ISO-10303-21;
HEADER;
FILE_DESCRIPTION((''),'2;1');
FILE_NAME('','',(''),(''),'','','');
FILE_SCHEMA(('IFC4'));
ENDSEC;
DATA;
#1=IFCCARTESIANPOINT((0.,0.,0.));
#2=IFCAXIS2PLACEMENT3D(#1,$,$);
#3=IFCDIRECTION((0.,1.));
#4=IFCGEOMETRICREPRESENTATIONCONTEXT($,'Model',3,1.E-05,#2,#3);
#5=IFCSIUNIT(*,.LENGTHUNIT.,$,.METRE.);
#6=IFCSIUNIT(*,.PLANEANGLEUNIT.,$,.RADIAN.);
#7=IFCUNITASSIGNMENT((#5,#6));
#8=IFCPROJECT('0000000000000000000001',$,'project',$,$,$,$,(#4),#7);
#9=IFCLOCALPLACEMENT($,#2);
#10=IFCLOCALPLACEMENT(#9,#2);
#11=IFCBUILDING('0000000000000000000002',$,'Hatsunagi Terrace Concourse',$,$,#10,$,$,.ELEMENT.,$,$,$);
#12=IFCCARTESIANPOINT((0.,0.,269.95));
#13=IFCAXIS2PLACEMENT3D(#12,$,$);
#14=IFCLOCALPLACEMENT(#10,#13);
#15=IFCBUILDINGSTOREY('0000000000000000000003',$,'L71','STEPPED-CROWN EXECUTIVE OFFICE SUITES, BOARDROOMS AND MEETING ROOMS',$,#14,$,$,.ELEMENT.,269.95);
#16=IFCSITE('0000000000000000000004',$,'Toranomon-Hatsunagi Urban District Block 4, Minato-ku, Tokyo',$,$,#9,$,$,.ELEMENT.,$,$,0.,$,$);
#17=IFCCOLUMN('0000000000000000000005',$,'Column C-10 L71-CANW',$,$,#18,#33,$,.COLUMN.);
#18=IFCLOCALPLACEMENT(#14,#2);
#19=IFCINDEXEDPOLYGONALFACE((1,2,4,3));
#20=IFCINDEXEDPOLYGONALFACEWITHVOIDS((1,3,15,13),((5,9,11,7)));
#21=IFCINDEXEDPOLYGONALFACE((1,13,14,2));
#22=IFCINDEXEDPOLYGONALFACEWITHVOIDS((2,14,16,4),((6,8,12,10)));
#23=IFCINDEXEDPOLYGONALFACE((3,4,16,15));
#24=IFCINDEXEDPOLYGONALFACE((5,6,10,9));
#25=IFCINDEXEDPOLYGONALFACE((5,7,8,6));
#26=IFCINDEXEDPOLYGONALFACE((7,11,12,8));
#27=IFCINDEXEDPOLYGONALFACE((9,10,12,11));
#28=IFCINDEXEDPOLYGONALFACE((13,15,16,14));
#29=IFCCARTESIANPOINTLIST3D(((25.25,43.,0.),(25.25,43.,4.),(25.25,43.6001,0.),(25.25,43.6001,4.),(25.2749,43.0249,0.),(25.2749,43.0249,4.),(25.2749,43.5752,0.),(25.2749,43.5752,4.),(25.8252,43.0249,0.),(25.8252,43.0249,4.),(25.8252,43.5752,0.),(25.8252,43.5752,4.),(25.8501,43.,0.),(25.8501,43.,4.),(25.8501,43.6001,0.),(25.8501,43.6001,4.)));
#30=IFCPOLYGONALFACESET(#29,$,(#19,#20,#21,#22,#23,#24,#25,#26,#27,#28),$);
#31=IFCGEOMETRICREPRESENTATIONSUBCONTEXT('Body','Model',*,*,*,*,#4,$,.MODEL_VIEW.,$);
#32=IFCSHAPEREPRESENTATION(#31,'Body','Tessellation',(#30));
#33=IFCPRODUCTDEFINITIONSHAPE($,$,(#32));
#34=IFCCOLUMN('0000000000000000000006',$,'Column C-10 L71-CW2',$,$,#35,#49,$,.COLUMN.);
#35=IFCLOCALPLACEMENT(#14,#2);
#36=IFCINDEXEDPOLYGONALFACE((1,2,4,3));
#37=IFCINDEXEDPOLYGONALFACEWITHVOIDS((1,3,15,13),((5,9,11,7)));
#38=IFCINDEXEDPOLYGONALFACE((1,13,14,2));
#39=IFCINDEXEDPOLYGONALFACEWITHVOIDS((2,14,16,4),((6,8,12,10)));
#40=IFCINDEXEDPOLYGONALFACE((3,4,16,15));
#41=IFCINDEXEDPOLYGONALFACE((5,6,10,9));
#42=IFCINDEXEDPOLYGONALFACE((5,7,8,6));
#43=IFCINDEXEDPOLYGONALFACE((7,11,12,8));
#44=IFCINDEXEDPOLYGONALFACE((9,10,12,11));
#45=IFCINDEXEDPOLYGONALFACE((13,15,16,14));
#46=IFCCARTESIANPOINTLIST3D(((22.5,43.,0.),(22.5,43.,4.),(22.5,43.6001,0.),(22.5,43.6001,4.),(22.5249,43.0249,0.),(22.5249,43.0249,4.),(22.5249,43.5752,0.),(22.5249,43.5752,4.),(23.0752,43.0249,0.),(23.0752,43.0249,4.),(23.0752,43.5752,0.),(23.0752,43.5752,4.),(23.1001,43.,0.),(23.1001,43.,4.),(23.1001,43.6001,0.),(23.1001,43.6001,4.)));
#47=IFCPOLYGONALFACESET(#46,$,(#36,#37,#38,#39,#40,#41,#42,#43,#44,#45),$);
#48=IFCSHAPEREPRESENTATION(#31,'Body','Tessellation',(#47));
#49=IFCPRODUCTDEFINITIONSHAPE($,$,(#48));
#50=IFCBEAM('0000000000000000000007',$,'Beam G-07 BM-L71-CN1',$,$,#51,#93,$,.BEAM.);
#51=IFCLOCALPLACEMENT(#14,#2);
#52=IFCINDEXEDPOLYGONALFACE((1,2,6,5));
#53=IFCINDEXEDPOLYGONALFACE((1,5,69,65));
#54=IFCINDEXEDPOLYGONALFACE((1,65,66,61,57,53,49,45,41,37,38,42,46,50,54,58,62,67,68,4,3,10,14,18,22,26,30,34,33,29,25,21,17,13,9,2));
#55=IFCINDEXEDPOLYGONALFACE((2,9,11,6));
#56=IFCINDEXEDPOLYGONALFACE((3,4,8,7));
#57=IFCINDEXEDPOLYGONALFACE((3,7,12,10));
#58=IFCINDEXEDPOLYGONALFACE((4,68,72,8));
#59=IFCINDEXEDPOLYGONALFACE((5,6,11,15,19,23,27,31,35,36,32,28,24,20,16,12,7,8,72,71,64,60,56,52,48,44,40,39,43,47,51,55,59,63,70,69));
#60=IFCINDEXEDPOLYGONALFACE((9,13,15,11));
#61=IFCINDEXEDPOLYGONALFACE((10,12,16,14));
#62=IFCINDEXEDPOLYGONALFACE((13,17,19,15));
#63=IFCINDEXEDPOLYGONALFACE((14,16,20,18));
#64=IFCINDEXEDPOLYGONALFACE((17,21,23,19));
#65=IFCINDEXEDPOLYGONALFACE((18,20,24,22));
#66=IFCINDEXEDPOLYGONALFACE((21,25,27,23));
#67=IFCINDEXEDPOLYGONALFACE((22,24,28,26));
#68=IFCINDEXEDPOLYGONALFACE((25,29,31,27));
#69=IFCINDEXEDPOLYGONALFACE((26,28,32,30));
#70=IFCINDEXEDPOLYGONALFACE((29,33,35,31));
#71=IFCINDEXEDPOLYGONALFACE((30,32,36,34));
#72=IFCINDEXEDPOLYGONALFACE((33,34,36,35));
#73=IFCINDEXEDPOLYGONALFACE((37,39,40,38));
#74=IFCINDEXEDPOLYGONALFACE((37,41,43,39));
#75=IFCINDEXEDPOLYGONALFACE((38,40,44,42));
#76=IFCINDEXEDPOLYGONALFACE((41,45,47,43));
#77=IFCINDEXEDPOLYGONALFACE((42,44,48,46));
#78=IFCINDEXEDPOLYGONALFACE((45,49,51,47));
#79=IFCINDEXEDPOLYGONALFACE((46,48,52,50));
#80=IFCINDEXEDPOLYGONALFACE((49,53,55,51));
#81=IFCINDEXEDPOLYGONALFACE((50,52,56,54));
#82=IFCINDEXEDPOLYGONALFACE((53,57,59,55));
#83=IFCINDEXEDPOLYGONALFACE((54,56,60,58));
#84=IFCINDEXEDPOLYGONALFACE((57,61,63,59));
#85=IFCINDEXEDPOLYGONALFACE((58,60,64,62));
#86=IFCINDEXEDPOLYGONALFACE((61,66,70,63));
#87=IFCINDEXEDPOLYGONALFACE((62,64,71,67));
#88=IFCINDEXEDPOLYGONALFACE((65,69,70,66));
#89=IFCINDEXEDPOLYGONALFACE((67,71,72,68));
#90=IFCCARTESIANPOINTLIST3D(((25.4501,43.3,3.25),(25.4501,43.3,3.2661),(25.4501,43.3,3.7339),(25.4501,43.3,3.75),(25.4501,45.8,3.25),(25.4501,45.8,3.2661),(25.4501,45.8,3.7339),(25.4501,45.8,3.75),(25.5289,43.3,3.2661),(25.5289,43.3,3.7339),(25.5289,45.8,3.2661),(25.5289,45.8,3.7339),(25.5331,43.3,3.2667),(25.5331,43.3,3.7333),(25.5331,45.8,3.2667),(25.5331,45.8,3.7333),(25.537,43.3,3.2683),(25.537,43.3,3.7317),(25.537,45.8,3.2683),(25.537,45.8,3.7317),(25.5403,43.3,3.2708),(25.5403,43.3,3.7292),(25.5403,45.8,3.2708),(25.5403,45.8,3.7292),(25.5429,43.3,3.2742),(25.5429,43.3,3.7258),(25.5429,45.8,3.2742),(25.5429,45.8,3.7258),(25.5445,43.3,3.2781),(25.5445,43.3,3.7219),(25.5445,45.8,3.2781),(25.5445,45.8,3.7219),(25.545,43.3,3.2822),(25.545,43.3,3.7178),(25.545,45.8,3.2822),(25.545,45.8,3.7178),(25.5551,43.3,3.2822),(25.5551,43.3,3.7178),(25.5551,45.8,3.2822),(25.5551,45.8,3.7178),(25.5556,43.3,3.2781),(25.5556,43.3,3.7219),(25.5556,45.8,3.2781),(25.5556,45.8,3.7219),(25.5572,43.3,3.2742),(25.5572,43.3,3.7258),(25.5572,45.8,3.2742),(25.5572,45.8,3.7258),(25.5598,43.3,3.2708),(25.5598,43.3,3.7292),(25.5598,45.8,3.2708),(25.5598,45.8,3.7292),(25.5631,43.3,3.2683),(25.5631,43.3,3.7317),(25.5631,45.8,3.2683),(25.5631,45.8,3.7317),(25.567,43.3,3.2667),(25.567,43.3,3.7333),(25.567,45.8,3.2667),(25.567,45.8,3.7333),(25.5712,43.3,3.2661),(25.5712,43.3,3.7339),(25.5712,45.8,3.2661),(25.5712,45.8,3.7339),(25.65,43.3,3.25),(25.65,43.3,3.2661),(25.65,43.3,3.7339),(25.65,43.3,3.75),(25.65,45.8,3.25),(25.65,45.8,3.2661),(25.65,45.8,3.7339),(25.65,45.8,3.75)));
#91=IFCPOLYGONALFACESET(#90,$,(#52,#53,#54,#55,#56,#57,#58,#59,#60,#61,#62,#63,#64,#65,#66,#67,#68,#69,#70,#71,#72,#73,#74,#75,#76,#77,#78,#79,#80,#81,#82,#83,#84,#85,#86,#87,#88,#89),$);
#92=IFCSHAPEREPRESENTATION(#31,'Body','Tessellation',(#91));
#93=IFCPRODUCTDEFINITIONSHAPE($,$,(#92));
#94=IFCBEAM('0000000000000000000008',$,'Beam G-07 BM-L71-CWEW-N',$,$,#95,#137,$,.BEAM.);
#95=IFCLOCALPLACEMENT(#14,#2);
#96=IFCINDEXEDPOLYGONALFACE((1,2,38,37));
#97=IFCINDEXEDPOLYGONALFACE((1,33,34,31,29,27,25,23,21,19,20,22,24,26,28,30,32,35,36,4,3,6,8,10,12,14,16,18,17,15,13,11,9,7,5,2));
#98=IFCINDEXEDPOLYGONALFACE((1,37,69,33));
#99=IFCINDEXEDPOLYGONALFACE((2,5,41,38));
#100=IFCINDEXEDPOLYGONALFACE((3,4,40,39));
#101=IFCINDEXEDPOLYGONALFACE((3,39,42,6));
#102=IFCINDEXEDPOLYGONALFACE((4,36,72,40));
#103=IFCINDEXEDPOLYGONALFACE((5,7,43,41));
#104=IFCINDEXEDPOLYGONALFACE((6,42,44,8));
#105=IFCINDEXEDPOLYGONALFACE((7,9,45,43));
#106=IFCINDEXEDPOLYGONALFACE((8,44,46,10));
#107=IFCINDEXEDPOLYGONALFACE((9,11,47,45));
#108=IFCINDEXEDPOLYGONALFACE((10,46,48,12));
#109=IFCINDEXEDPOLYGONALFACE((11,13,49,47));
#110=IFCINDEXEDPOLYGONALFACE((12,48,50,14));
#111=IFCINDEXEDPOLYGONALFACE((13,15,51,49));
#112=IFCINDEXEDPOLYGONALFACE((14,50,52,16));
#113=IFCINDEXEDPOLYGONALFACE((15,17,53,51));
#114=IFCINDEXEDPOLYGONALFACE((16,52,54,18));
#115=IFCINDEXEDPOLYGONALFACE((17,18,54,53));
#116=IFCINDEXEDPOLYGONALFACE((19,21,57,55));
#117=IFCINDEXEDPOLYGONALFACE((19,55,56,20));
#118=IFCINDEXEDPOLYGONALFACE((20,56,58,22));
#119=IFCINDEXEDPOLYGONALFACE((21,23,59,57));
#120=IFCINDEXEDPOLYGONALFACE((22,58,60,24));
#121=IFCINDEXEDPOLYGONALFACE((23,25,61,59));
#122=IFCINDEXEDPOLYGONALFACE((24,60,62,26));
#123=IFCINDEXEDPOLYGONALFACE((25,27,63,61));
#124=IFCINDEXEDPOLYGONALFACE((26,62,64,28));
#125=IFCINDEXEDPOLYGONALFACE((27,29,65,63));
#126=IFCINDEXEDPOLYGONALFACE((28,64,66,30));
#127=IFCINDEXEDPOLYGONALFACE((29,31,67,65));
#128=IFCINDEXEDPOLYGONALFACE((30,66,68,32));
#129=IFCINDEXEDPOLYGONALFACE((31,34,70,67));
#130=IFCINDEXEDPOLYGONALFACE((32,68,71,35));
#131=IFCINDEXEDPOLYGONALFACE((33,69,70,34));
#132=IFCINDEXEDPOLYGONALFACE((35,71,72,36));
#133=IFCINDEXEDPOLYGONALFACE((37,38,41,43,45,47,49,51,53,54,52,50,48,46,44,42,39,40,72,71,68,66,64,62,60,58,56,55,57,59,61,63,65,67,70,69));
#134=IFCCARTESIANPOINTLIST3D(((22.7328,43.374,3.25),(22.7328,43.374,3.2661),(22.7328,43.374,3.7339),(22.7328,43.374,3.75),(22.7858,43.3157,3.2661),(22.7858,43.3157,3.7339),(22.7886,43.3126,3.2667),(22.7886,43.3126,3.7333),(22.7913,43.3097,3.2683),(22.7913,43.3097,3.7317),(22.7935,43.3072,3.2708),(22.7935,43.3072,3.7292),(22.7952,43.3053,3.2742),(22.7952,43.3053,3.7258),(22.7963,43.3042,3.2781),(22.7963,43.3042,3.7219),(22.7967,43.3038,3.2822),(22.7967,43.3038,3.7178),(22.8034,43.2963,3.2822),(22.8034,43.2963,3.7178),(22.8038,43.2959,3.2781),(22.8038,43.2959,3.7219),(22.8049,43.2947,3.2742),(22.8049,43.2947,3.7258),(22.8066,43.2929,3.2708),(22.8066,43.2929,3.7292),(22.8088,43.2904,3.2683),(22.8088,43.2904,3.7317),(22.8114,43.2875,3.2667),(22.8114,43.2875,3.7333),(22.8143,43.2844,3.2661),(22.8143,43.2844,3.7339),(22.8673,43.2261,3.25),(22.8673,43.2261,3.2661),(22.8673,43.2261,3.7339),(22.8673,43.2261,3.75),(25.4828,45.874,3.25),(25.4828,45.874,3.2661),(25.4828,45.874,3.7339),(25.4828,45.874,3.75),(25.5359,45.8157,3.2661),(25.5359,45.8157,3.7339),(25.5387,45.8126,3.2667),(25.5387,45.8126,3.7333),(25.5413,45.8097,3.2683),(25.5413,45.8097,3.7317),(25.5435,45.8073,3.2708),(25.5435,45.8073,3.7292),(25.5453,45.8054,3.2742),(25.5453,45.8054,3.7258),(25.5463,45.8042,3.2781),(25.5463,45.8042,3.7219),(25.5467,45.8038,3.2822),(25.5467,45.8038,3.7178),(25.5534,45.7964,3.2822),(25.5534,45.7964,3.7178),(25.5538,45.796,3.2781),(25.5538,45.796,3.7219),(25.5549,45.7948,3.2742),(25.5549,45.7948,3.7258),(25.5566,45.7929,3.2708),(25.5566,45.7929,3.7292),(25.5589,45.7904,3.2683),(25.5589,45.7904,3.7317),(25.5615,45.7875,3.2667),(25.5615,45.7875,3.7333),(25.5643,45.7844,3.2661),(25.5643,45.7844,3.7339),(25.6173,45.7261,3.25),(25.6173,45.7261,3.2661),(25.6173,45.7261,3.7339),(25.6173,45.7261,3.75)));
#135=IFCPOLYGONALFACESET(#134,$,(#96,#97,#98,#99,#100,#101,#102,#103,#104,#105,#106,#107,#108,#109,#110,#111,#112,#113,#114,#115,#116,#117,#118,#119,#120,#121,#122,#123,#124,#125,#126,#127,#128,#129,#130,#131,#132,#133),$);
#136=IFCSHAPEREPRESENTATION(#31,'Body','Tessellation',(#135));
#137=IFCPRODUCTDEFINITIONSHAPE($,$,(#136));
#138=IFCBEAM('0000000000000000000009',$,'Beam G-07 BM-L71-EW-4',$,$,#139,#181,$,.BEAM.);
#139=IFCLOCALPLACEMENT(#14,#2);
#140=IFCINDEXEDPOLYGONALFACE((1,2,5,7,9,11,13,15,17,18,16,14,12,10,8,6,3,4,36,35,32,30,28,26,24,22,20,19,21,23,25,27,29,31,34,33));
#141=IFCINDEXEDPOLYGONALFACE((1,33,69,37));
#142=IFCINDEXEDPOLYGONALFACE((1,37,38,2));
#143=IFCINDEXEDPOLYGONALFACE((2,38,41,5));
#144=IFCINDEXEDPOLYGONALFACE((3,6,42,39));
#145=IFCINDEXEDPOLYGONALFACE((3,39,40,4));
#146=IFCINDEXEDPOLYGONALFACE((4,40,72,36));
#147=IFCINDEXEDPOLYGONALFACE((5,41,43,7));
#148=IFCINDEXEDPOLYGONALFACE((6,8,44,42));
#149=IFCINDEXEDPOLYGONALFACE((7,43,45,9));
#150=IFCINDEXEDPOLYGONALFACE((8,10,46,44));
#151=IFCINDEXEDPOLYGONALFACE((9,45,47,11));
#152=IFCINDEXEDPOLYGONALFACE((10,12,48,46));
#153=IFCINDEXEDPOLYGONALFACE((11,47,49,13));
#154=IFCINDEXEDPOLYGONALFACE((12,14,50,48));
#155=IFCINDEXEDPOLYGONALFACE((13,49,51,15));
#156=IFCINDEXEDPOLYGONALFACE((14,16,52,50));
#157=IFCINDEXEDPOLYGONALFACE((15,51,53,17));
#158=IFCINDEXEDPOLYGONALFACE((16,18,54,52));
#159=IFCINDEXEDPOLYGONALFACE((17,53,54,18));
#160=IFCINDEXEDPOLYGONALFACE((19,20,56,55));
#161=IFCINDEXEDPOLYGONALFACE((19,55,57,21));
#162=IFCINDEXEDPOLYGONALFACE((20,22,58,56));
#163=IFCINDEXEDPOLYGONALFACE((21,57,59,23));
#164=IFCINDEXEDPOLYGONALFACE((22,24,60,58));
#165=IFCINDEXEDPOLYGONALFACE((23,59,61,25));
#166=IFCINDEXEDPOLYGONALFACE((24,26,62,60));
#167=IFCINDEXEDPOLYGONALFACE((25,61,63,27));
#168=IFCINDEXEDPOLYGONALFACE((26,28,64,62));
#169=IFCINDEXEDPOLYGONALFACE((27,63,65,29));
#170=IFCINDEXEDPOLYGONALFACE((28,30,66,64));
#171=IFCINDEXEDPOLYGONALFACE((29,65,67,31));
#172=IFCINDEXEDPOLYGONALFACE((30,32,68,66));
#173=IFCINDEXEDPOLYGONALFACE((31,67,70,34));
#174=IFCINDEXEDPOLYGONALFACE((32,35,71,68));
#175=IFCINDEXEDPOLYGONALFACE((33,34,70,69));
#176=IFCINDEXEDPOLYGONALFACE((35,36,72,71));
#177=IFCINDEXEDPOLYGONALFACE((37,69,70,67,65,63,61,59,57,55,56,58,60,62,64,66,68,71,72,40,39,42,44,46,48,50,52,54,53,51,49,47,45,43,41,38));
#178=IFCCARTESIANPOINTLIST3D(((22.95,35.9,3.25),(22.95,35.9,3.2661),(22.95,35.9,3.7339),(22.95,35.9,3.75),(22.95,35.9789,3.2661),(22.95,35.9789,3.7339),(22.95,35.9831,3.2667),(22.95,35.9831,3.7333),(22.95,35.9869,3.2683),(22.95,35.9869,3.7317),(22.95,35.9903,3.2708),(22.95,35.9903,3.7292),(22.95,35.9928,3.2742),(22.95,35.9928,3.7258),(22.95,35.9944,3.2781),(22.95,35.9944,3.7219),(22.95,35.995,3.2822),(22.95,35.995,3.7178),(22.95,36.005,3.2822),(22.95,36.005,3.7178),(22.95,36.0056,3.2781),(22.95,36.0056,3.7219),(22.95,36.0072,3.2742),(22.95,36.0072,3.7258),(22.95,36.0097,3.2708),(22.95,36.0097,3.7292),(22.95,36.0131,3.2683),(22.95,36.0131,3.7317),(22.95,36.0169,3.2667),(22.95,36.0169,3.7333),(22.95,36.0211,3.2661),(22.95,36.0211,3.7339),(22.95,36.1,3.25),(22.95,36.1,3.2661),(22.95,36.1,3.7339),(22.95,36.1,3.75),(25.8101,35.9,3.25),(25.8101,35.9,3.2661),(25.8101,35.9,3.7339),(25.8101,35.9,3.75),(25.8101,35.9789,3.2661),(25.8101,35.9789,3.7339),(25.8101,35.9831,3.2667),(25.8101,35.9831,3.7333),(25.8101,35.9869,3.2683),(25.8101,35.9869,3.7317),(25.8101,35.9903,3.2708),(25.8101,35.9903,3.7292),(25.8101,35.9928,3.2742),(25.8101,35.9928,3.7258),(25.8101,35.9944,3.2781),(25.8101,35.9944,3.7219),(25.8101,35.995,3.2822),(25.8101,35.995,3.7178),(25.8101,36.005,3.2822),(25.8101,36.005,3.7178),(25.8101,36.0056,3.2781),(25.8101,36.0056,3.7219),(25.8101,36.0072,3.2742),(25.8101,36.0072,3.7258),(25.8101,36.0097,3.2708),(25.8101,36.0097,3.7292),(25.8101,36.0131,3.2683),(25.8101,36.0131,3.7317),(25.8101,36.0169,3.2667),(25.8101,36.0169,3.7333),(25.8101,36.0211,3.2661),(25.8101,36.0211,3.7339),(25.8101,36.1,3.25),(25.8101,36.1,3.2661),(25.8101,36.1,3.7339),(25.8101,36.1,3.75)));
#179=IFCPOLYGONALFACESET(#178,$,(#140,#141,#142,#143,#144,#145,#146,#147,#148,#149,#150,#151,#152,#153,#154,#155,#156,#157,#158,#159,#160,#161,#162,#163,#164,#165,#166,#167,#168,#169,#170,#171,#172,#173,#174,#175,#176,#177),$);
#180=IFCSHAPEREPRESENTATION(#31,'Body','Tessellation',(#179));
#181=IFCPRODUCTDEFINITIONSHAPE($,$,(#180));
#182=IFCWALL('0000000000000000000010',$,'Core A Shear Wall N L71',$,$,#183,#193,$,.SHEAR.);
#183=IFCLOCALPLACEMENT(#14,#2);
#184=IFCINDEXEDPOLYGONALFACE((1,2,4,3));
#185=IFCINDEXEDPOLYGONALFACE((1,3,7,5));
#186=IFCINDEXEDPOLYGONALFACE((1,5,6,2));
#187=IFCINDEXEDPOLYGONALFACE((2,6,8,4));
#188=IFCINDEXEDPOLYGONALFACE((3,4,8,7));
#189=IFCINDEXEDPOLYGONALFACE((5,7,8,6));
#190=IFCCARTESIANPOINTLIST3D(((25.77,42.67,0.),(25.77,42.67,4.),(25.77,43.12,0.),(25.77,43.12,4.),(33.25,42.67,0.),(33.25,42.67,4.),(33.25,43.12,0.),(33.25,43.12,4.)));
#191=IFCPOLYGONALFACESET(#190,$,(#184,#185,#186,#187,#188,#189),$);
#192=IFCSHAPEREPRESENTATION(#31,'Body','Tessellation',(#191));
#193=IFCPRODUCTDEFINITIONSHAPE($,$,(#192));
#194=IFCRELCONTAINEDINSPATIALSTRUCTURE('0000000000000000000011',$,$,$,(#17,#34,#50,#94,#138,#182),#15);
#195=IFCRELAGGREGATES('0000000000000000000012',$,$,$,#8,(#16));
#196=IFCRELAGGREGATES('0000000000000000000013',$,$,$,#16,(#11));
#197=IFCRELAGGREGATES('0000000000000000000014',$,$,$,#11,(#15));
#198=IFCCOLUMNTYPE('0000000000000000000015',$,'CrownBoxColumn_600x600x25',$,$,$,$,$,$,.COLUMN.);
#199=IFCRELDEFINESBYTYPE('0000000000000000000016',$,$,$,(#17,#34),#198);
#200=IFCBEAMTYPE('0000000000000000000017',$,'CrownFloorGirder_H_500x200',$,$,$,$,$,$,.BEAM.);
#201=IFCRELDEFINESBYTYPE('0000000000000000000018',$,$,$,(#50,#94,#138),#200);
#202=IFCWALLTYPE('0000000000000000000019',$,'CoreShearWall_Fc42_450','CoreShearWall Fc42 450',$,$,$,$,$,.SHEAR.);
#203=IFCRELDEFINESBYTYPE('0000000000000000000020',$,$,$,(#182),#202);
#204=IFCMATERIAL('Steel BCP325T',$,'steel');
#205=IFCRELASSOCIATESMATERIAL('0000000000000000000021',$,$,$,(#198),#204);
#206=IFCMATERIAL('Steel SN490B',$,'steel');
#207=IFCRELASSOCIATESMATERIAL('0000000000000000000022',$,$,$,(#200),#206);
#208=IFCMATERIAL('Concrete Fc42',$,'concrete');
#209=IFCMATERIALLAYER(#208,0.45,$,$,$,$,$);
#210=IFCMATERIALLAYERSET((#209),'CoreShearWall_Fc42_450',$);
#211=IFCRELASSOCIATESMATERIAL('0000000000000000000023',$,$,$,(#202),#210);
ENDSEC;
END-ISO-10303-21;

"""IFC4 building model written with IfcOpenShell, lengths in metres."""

from ifc_helpers import new_model, si_unit, direction, frame, frame_2d, origin, origin_2d, place, context, subcontext, project, spatial, rectangle, hollow_rectangle, i_section, extrude, material, layer, layer_set, material_profile, profile_set, type_object, element, save


model = new_model("IFC4")

# Units and contexts
model_context = context("Model", 3, precision=1e-05, world=origin(), true_north=direction((0.0, 1.0)))
body_context = subcontext(model_context, "Body", "Model", "MODEL_VIEW")
ifc_project = project(units=[si_unit("LENGTHUNIT", "METRE"), si_unit("PLANEANGLEUNIT", "RADIAN")], contexts=[model_context])

# Site, building, storey
site_placement = place(None, origin())
site = spatial("IfcSite", under=ifc_project, at=site_placement, Name="Toranomon-Hatsunagi Urban District Block 4, Minato-ku, Tokyo", CompositionType="ELEMENT", RefElevation=0.0)
building_placement = place(site_placement, origin())
building = spatial("IfcBuilding", under=site, at=building_placement, Name="Hatsunagi Terrace Concourse", CompositionType="ELEMENT")
storey_placement = place(building_placement, frame((0.0, 0.0, 269.95)))
storey = spatial("IfcBuildingStorey", under=building, at=storey_placement, Name="L71", Description="STEPPED-CROWN EXECUTIVE OFFICE SUITES, BOARDROOMS AND MEETING ROOMS", CompositionType="ELEMENT", Elevation=269.95)

# Columns
ifc_material_1 = material(Name="Steel BCP325T", Category="steel")
ifc_material_profile_1 = material_profile(ifc_material_1, hollow_rectangle(XDim=0.6001, YDim=0.6001, WallThickness=0.0249, at=origin_2d()), Name="BCP-600x600x25")
ifc_profile_set_1 = profile_set([ifc_material_profile_1], Name="Steel BCP325T")
column_type = type_object("IfcColumnType", Name="CrownBoxColumn_600x600x25", PredefinedType="COLUMN", material=ifc_profile_set_1)
for number, where, z_axis, x_axis, name in (
    (1, (25.55, 43.3, 0.0), (0.0, 0.0, 1.0), (1.0, 0.0, 0.0), "Column C-10 L71-CANW"),
    (2, (22.8, 43.3, 0.0), (0.0, 0.0, 1.0), (1.0, 0.0, 0.0), "Column C-10 L71-CW2"),
):
    element("IfcColumn", number, at=place(storey_placement, frame(where, z_axis=z_axis, x_axis=x_axis)), inside=storey, type_object=column_type, Name=name, PredefinedType="COLUMN", context=body_context, shape_type="SweptSolid", body=[
        extrude(hollow_rectangle(XDim=0.6001, YDim=0.6001, WallThickness=0.0249, at=origin_2d()), origin(), (0.0, 0.0, 1.0), 4.0),
    ])

# Beams
ifc_material_2 = material(Name="Steel SN490B", Category="steel")
ifc_material_profile_2 = material_profile(ifc_material_2, i_section(OverallWidth=0.2, OverallDepth=0.5, WebThickness=0.01, FlangeThickness=0.0161, FilletRadius=0.0161, at=origin_2d()), Name="H-500x200x10x16")
ifc_profile_set_2 = profile_set([ifc_material_profile_2], Name="Steel SN490B")
beam_type = type_object("IfcBeamType", Name="CrownFloorGirder_H_500x200", PredefinedType="BEAM", material=ifc_profile_set_2)
beam_1_placement = place(storey_placement, frame((25.55, 43.3, 3.5), z_axis=(0.0, 1.0, 0.0), x_axis=(-1.0, 0.0, 0.0)))
element("IfcBeam", 3, at=beam_1_placement, inside=storey, type_object=beam_type, Name="Beam G-07 BM-L71-CN1", PredefinedType="BEAM", context=body_context, shape_type="SweptSolid", body=[
    extrude(i_section(OverallWidth=0.2, OverallDepth=0.5, WebThickness=0.01, FlangeThickness=0.0161, FilletRadius=0.0161, at=origin_2d()), origin(), (0.0, 0.0, 1.0), 2.5),
])
beam_2_placement = place(storey_placement, frame((22.8, 43.3, 3.5), z_axis=(0.73994, 0.672673, 0.0), x_axis=(-0.672673, 0.73994, 0.0)))
element("IfcBeam", 4, at=beam_2_placement, inside=storey, type_object=beam_type, Name="Beam G-07 BM-L71-CWEW-N", PredefinedType="BEAM", context=body_context, shape_type="SweptSolid", body=[
    extrude(i_section(OverallWidth=0.2, OverallDepth=0.5, WebThickness=0.01, FlangeThickness=0.0161, FilletRadius=0.0161, at=origin_2d()), origin(), (0.0, 0.0, 1.0), 3.7166),
])
beam_3_placement = place(storey_placement, frame((22.95, 36.0, 3.5), z_axis=(1.0, 0.0, 0.0), x_axis=(0.0, 1.0, 0.0)))
element("IfcBeam", 5, at=beam_3_placement, inside=storey, type_object=beam_type, Name="Beam G-07 BM-L71-EW-4", PredefinedType="BEAM", context=body_context, shape_type="SweptSolid", body=[
    extrude(i_section(OverallWidth=0.2, OverallDepth=0.5, WebThickness=0.01, FlangeThickness=0.0161, FilletRadius=0.0161, at=origin_2d()), origin(), (0.0, 0.0, 1.0), 2.8601),
])

# Wall
ifc_material_3 = material(Name="Concrete Fc42", Category="concrete")
ifc_layer_1 = layer(ifc_material_3, 0.45)
ifc_layer_set_1 = layer_set([ifc_layer_1], Name="CoreShearWall_Fc42_450")
wall_type_1 = type_object("IfcWallType", Name="CoreShearWall_Fc42_450", Description="CoreShearWall Fc42 450", PredefinedType="SHEAR", material=ifc_layer_set_1)
wall_1_placement = place(storey_placement, frame((25.77, 42.895, 0.0), z_axis=(0.0, 0.0, 1.0), x_axis=(1.0, 0.0, 0.0)))
element("IfcWall", 6, at=wall_1_placement, inside=storey, type_object=wall_type_1, Name="Core A Shear Wall N L71", PredefinedType="SHEAR", context=body_context, shape_type="SweptSolid", body=[
    extrude(rectangle(XDim=7.48, YDim=0.45, at=frame_2d((3.74, 0.0))), origin(), (0.0, 0.0, 1.0), 4.0),
])

save(model, "model.ifc")
